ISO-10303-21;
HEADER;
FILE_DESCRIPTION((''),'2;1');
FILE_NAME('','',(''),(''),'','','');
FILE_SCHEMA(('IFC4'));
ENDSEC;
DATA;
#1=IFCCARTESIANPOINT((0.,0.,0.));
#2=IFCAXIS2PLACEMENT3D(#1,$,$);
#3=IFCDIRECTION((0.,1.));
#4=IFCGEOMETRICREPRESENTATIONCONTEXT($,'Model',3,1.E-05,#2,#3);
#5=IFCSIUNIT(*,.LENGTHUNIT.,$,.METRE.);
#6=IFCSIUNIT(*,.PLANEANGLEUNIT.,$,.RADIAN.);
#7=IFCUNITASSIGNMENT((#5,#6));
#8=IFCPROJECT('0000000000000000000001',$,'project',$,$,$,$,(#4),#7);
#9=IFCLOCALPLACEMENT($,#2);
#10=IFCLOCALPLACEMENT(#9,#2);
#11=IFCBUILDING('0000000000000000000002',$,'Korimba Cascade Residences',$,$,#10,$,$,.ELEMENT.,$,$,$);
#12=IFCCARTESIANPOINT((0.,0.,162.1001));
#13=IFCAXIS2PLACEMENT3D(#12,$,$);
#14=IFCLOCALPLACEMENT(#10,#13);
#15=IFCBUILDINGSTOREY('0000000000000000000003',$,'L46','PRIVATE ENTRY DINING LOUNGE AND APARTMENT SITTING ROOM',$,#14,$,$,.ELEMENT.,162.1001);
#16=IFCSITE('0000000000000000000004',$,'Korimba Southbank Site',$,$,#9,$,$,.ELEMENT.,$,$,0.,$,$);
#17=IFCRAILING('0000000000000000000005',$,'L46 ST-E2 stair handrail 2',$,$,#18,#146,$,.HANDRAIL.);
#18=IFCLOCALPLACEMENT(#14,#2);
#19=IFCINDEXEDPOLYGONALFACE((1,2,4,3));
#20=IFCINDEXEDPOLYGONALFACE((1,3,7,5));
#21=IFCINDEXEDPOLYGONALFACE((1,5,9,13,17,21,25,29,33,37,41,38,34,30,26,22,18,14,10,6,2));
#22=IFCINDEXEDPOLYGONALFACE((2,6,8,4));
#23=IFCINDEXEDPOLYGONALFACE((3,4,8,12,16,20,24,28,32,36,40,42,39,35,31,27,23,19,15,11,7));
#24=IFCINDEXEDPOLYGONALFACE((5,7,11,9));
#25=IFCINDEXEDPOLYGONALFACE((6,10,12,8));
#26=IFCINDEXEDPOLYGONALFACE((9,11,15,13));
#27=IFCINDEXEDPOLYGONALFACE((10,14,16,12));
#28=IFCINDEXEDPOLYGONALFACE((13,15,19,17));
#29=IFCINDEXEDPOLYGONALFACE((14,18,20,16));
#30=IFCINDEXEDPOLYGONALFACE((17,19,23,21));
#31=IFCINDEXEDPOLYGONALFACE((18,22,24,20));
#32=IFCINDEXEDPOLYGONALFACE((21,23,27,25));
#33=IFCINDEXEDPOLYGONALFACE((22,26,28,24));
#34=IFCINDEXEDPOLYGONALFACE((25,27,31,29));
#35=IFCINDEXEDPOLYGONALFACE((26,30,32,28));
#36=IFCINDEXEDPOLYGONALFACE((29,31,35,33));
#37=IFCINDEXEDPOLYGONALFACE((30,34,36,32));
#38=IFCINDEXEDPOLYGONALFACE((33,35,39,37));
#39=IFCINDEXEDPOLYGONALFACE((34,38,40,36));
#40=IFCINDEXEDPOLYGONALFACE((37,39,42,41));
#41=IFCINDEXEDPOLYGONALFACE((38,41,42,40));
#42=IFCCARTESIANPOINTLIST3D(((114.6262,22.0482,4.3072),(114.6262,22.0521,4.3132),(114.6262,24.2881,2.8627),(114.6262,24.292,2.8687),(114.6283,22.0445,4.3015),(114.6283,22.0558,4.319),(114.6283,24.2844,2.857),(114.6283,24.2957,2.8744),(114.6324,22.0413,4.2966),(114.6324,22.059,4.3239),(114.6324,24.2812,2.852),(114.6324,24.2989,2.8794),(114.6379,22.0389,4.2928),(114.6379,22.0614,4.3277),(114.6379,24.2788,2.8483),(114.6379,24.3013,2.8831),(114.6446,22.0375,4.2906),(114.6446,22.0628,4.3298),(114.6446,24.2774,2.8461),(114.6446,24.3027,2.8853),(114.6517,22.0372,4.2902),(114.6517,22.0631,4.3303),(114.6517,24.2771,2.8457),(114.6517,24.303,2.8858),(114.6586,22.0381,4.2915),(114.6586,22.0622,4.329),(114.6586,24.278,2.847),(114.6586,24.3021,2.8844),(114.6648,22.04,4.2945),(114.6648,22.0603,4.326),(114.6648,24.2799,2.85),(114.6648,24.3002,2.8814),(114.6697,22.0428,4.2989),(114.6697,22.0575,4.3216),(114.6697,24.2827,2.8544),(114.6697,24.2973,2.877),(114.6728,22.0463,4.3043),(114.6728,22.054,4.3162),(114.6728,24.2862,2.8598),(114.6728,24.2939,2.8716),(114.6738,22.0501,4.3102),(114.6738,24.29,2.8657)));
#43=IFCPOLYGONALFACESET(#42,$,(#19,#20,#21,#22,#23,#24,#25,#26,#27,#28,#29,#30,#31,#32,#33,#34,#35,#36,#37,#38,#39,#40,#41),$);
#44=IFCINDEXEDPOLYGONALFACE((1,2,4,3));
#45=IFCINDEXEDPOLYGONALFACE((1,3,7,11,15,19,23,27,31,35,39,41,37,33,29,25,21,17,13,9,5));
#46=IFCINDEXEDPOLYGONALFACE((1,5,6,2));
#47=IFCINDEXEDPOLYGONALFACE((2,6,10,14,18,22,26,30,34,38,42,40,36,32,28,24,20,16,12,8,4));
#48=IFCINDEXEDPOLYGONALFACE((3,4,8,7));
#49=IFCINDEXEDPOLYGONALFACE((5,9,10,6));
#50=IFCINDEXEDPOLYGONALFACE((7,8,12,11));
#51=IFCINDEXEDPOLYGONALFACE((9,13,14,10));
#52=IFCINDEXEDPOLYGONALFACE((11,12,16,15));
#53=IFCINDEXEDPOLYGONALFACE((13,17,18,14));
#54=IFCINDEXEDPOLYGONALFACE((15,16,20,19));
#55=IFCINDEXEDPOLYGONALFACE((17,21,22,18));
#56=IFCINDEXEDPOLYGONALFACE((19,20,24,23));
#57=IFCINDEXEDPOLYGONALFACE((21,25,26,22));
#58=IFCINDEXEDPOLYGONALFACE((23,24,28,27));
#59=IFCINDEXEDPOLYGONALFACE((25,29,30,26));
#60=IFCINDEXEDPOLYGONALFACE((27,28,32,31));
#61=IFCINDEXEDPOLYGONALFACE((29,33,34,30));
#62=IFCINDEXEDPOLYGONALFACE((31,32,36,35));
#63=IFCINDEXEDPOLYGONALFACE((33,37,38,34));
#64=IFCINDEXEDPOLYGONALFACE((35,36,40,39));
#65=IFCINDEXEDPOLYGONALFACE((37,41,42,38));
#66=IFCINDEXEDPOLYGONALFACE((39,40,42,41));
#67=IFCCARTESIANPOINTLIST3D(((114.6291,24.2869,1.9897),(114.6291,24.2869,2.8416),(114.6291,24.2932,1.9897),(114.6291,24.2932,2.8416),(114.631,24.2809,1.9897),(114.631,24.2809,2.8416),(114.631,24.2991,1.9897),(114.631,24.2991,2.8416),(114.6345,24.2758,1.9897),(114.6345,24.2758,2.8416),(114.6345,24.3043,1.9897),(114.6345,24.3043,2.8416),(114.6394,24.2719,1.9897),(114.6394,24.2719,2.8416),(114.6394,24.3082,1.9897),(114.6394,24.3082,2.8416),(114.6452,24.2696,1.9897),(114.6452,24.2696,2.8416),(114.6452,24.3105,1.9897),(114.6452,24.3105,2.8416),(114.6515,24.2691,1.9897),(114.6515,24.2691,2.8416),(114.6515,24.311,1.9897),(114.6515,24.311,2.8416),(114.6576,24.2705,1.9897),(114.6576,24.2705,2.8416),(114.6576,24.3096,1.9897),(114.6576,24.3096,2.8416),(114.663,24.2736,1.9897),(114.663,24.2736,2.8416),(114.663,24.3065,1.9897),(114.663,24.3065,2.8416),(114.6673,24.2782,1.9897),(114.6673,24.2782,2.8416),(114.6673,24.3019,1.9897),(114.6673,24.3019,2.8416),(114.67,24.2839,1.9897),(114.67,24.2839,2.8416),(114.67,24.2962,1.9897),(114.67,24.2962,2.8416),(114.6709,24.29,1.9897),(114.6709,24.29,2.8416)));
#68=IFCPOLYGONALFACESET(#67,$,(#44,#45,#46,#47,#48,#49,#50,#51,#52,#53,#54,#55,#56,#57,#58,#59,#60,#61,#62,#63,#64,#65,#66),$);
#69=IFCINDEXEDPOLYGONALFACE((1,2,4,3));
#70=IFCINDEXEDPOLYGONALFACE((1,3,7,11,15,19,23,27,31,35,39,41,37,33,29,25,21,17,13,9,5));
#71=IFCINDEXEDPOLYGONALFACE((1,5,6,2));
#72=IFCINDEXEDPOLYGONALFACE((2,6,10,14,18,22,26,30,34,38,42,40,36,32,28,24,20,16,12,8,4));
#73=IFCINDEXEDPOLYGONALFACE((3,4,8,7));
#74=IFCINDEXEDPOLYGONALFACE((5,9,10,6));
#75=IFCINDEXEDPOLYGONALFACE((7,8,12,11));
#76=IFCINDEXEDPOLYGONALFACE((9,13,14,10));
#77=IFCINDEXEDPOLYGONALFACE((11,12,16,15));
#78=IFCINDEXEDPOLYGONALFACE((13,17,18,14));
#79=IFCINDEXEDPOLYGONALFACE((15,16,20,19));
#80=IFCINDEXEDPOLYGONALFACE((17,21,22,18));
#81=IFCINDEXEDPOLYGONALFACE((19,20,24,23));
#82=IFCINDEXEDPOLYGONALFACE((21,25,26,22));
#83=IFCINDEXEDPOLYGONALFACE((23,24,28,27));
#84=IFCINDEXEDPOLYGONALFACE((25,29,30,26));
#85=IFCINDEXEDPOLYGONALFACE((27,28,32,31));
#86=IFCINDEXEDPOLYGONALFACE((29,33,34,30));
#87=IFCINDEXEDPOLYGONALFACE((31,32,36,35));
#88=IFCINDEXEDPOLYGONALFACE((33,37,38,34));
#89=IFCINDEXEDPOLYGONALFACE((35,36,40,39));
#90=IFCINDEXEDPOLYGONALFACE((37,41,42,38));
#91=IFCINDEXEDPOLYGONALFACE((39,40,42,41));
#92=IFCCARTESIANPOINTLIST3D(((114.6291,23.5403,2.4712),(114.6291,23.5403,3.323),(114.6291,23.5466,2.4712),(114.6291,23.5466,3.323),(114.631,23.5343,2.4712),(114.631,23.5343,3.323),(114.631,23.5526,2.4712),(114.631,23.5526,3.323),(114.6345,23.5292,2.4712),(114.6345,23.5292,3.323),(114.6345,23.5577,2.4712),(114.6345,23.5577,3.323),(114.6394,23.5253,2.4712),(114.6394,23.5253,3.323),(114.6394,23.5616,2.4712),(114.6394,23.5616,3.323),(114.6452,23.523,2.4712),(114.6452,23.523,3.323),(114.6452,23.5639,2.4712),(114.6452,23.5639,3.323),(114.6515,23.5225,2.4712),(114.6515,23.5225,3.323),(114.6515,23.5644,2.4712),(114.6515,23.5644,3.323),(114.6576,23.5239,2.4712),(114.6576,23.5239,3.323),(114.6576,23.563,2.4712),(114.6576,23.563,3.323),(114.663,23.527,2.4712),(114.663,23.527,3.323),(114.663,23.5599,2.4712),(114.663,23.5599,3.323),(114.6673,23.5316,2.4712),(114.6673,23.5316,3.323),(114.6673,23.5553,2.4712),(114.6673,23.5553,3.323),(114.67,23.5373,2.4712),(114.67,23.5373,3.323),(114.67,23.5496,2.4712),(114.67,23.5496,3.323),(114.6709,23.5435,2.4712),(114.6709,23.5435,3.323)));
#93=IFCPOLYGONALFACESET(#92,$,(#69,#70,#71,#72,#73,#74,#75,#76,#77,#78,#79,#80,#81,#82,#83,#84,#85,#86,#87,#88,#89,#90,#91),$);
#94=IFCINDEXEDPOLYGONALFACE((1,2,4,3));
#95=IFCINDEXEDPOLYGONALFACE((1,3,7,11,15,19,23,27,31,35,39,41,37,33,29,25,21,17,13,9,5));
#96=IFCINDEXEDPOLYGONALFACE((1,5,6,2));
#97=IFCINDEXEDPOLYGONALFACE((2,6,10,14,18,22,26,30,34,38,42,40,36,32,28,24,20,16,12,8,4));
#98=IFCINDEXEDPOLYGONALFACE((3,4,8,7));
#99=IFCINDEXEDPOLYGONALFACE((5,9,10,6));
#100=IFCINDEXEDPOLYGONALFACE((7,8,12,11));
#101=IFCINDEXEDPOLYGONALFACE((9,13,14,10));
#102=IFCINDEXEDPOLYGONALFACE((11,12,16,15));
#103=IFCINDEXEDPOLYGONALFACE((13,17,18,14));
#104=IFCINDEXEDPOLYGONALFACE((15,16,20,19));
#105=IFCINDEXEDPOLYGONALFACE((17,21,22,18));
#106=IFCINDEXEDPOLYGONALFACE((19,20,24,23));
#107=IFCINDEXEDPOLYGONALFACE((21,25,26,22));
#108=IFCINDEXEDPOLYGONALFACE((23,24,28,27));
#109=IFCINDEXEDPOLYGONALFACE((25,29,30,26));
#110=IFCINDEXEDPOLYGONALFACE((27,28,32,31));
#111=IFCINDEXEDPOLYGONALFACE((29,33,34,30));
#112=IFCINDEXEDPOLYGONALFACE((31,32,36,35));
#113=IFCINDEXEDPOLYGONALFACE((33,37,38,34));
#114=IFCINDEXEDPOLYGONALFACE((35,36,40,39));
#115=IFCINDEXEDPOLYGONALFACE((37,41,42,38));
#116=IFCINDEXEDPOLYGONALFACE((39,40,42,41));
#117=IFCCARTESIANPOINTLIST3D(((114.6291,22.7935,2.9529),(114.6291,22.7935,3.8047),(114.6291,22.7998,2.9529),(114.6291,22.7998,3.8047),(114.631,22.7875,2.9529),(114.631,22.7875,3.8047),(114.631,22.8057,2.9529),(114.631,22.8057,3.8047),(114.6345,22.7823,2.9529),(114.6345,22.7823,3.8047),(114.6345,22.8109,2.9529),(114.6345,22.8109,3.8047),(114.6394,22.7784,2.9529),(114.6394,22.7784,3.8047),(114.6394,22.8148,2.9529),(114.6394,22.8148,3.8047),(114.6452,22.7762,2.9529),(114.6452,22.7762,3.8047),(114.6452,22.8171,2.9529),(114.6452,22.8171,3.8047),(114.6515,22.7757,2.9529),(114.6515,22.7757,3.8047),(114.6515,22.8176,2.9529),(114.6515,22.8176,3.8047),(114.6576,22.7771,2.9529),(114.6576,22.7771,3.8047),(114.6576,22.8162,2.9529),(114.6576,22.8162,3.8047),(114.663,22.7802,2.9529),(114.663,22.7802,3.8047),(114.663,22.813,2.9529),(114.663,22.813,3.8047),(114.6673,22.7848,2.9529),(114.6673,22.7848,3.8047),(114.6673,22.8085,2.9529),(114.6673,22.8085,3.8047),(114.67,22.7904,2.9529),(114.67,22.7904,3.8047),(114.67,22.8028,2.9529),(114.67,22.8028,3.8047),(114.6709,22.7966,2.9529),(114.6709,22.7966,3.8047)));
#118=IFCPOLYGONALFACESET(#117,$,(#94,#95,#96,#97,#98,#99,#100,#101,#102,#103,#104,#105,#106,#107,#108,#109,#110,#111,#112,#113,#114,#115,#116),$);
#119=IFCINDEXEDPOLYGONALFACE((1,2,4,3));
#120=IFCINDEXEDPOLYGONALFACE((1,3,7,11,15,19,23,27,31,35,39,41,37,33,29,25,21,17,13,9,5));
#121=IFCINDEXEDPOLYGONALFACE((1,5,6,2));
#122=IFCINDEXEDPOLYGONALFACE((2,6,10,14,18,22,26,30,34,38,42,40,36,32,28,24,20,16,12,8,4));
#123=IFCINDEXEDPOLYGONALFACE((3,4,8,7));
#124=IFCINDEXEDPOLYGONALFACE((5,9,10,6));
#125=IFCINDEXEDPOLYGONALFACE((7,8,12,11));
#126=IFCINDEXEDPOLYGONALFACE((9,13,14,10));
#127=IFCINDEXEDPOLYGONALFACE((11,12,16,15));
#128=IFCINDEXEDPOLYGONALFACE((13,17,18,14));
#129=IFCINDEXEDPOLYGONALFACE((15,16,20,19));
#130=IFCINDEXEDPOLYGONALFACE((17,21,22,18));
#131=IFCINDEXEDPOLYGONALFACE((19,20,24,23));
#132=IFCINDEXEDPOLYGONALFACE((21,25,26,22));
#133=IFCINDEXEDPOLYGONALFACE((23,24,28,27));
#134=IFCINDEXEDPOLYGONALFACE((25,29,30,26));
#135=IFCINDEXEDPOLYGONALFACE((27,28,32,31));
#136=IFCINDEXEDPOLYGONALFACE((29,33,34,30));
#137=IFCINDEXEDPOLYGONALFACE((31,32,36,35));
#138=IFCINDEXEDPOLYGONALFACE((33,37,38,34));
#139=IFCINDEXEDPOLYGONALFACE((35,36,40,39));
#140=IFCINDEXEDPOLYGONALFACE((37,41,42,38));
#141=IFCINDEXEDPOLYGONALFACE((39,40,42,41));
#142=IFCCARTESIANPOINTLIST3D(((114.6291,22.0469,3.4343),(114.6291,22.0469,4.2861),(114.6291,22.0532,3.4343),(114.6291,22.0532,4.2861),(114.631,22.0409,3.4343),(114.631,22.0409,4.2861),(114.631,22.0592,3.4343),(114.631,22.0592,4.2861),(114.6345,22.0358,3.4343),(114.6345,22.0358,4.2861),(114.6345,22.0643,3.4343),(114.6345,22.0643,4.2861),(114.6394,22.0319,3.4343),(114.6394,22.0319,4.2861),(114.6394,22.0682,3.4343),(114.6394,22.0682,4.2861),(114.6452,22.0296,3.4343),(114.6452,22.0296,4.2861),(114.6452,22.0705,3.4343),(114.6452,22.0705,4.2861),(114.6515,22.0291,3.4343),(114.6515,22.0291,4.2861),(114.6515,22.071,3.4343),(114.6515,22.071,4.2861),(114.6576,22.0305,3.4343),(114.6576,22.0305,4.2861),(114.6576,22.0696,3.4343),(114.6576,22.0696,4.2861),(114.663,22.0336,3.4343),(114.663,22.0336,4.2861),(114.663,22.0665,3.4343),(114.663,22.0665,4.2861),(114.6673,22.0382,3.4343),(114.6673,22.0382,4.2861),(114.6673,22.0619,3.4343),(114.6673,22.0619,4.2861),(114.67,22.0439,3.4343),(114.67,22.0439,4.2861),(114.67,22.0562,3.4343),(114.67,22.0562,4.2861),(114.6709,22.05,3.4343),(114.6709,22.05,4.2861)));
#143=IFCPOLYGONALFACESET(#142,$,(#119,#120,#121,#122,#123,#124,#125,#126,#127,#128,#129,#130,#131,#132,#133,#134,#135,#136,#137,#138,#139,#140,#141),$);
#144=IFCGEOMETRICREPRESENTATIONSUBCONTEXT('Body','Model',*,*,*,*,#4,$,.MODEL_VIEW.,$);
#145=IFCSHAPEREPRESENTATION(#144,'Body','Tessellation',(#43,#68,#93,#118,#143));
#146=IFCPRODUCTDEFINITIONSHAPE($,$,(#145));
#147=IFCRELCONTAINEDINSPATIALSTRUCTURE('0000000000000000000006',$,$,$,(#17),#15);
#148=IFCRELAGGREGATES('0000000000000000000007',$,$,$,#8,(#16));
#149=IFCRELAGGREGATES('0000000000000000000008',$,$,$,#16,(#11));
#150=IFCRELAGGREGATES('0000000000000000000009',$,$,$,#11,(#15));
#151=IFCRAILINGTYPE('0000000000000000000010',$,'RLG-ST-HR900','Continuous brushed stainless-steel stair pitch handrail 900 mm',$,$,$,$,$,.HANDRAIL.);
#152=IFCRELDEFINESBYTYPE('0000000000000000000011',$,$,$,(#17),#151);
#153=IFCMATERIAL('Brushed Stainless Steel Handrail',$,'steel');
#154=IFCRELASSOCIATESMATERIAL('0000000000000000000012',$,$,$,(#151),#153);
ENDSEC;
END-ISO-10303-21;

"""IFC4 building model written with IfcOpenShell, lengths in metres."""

from ifc_helpers import new_model, si_unit, direction, frame, origin, origin_2d, place, context, subcontext, project, spatial, circle, extrude, material, type_object, element, save


model = new_model("IFC4")

# Units and contexts
model_context = context("Model", 3, precision=1e-05, world=origin(), true_north=direction((0.0, 1.0)))
body_context = subcontext(model_context, "Body", "Model", "MODEL_VIEW")
ifc_project = project(units=[si_unit("LENGTHUNIT", "METRE"), si_unit("PLANEANGLEUNIT", "RADIAN")], contexts=[model_context])

# Site, building, storey
site_placement = place(None, origin())
site = spatial("IfcSite", under=ifc_project, at=site_placement, Name="Korimba Southbank Site", CompositionType="ELEMENT", RefElevation=0.0)
building_placement = place(site_placement, origin())
building = spatial("IfcBuilding", under=site, at=building_placement, Name="Korimba Cascade Residences", CompositionType="ELEMENT")
storey_placement = place(building_placement, frame((0.0, 0.0, 162.1001)))
storey = spatial("IfcBuildingStorey", under=building, at=storey_placement, Name="L46", Description="PRIVATE ENTRY DINING LOUNGE AND APARTMENT SITTING ROOM", CompositionType="ELEMENT", Elevation=162.1001)

# Railing
ifc_material_1 = material(Name="Brushed Stainless Steel Handrail", Category="steel")
railing_type_1 = type_object("IfcRailingType", Name="RLG-ST-HR900", Description="Continuous brushed stainless-steel stair pitch handrail 900 mm", PredefinedType="HANDRAIL", material=ifc_material_1)
railing_1_placement = place(storey_placement, frame((114.6499, 24.29, 1.9897)))
element("IfcRailing", 1, at=railing_1_placement, inside=storey, type_object=railing_type_1, Name="L46 ST-E2 stair handrail 2", PredefinedType="HANDRAIL", context=body_context, shape_type="SweptSolid", body=[
    extrude(circle(Radius=0.0239, at=origin_2d()), frame((0.0, 0.0, 0.876), z_axis=(0.0, -0.840395, 0.541975), x_axis=(1.0, 0.0, 0.0)), (0.0, 0.0, 1.0), 2.6653),
    extrude(circle(Radius=0.021, at=origin_2d()), origin(), (0.0, 0.0, 1.0), 0.8518),
    extrude(circle(Radius=0.021, at=origin_2d()), frame((0.0, -0.7466, 0.4814)), (0.0, 0.0, 1.0), 0.8518),
    extrude(circle(Radius=0.021, at=origin_2d()), frame((0.0, -1.4934, 0.9631)), (0.0, 0.0, 1.0), 0.8518),
    extrude(circle(Radius=0.021, at=origin_2d()), frame((0.0, -2.24, 1.4446)), (0.0, 0.0, 1.0), 0.8518),
])

save(model, "model.ifc")
